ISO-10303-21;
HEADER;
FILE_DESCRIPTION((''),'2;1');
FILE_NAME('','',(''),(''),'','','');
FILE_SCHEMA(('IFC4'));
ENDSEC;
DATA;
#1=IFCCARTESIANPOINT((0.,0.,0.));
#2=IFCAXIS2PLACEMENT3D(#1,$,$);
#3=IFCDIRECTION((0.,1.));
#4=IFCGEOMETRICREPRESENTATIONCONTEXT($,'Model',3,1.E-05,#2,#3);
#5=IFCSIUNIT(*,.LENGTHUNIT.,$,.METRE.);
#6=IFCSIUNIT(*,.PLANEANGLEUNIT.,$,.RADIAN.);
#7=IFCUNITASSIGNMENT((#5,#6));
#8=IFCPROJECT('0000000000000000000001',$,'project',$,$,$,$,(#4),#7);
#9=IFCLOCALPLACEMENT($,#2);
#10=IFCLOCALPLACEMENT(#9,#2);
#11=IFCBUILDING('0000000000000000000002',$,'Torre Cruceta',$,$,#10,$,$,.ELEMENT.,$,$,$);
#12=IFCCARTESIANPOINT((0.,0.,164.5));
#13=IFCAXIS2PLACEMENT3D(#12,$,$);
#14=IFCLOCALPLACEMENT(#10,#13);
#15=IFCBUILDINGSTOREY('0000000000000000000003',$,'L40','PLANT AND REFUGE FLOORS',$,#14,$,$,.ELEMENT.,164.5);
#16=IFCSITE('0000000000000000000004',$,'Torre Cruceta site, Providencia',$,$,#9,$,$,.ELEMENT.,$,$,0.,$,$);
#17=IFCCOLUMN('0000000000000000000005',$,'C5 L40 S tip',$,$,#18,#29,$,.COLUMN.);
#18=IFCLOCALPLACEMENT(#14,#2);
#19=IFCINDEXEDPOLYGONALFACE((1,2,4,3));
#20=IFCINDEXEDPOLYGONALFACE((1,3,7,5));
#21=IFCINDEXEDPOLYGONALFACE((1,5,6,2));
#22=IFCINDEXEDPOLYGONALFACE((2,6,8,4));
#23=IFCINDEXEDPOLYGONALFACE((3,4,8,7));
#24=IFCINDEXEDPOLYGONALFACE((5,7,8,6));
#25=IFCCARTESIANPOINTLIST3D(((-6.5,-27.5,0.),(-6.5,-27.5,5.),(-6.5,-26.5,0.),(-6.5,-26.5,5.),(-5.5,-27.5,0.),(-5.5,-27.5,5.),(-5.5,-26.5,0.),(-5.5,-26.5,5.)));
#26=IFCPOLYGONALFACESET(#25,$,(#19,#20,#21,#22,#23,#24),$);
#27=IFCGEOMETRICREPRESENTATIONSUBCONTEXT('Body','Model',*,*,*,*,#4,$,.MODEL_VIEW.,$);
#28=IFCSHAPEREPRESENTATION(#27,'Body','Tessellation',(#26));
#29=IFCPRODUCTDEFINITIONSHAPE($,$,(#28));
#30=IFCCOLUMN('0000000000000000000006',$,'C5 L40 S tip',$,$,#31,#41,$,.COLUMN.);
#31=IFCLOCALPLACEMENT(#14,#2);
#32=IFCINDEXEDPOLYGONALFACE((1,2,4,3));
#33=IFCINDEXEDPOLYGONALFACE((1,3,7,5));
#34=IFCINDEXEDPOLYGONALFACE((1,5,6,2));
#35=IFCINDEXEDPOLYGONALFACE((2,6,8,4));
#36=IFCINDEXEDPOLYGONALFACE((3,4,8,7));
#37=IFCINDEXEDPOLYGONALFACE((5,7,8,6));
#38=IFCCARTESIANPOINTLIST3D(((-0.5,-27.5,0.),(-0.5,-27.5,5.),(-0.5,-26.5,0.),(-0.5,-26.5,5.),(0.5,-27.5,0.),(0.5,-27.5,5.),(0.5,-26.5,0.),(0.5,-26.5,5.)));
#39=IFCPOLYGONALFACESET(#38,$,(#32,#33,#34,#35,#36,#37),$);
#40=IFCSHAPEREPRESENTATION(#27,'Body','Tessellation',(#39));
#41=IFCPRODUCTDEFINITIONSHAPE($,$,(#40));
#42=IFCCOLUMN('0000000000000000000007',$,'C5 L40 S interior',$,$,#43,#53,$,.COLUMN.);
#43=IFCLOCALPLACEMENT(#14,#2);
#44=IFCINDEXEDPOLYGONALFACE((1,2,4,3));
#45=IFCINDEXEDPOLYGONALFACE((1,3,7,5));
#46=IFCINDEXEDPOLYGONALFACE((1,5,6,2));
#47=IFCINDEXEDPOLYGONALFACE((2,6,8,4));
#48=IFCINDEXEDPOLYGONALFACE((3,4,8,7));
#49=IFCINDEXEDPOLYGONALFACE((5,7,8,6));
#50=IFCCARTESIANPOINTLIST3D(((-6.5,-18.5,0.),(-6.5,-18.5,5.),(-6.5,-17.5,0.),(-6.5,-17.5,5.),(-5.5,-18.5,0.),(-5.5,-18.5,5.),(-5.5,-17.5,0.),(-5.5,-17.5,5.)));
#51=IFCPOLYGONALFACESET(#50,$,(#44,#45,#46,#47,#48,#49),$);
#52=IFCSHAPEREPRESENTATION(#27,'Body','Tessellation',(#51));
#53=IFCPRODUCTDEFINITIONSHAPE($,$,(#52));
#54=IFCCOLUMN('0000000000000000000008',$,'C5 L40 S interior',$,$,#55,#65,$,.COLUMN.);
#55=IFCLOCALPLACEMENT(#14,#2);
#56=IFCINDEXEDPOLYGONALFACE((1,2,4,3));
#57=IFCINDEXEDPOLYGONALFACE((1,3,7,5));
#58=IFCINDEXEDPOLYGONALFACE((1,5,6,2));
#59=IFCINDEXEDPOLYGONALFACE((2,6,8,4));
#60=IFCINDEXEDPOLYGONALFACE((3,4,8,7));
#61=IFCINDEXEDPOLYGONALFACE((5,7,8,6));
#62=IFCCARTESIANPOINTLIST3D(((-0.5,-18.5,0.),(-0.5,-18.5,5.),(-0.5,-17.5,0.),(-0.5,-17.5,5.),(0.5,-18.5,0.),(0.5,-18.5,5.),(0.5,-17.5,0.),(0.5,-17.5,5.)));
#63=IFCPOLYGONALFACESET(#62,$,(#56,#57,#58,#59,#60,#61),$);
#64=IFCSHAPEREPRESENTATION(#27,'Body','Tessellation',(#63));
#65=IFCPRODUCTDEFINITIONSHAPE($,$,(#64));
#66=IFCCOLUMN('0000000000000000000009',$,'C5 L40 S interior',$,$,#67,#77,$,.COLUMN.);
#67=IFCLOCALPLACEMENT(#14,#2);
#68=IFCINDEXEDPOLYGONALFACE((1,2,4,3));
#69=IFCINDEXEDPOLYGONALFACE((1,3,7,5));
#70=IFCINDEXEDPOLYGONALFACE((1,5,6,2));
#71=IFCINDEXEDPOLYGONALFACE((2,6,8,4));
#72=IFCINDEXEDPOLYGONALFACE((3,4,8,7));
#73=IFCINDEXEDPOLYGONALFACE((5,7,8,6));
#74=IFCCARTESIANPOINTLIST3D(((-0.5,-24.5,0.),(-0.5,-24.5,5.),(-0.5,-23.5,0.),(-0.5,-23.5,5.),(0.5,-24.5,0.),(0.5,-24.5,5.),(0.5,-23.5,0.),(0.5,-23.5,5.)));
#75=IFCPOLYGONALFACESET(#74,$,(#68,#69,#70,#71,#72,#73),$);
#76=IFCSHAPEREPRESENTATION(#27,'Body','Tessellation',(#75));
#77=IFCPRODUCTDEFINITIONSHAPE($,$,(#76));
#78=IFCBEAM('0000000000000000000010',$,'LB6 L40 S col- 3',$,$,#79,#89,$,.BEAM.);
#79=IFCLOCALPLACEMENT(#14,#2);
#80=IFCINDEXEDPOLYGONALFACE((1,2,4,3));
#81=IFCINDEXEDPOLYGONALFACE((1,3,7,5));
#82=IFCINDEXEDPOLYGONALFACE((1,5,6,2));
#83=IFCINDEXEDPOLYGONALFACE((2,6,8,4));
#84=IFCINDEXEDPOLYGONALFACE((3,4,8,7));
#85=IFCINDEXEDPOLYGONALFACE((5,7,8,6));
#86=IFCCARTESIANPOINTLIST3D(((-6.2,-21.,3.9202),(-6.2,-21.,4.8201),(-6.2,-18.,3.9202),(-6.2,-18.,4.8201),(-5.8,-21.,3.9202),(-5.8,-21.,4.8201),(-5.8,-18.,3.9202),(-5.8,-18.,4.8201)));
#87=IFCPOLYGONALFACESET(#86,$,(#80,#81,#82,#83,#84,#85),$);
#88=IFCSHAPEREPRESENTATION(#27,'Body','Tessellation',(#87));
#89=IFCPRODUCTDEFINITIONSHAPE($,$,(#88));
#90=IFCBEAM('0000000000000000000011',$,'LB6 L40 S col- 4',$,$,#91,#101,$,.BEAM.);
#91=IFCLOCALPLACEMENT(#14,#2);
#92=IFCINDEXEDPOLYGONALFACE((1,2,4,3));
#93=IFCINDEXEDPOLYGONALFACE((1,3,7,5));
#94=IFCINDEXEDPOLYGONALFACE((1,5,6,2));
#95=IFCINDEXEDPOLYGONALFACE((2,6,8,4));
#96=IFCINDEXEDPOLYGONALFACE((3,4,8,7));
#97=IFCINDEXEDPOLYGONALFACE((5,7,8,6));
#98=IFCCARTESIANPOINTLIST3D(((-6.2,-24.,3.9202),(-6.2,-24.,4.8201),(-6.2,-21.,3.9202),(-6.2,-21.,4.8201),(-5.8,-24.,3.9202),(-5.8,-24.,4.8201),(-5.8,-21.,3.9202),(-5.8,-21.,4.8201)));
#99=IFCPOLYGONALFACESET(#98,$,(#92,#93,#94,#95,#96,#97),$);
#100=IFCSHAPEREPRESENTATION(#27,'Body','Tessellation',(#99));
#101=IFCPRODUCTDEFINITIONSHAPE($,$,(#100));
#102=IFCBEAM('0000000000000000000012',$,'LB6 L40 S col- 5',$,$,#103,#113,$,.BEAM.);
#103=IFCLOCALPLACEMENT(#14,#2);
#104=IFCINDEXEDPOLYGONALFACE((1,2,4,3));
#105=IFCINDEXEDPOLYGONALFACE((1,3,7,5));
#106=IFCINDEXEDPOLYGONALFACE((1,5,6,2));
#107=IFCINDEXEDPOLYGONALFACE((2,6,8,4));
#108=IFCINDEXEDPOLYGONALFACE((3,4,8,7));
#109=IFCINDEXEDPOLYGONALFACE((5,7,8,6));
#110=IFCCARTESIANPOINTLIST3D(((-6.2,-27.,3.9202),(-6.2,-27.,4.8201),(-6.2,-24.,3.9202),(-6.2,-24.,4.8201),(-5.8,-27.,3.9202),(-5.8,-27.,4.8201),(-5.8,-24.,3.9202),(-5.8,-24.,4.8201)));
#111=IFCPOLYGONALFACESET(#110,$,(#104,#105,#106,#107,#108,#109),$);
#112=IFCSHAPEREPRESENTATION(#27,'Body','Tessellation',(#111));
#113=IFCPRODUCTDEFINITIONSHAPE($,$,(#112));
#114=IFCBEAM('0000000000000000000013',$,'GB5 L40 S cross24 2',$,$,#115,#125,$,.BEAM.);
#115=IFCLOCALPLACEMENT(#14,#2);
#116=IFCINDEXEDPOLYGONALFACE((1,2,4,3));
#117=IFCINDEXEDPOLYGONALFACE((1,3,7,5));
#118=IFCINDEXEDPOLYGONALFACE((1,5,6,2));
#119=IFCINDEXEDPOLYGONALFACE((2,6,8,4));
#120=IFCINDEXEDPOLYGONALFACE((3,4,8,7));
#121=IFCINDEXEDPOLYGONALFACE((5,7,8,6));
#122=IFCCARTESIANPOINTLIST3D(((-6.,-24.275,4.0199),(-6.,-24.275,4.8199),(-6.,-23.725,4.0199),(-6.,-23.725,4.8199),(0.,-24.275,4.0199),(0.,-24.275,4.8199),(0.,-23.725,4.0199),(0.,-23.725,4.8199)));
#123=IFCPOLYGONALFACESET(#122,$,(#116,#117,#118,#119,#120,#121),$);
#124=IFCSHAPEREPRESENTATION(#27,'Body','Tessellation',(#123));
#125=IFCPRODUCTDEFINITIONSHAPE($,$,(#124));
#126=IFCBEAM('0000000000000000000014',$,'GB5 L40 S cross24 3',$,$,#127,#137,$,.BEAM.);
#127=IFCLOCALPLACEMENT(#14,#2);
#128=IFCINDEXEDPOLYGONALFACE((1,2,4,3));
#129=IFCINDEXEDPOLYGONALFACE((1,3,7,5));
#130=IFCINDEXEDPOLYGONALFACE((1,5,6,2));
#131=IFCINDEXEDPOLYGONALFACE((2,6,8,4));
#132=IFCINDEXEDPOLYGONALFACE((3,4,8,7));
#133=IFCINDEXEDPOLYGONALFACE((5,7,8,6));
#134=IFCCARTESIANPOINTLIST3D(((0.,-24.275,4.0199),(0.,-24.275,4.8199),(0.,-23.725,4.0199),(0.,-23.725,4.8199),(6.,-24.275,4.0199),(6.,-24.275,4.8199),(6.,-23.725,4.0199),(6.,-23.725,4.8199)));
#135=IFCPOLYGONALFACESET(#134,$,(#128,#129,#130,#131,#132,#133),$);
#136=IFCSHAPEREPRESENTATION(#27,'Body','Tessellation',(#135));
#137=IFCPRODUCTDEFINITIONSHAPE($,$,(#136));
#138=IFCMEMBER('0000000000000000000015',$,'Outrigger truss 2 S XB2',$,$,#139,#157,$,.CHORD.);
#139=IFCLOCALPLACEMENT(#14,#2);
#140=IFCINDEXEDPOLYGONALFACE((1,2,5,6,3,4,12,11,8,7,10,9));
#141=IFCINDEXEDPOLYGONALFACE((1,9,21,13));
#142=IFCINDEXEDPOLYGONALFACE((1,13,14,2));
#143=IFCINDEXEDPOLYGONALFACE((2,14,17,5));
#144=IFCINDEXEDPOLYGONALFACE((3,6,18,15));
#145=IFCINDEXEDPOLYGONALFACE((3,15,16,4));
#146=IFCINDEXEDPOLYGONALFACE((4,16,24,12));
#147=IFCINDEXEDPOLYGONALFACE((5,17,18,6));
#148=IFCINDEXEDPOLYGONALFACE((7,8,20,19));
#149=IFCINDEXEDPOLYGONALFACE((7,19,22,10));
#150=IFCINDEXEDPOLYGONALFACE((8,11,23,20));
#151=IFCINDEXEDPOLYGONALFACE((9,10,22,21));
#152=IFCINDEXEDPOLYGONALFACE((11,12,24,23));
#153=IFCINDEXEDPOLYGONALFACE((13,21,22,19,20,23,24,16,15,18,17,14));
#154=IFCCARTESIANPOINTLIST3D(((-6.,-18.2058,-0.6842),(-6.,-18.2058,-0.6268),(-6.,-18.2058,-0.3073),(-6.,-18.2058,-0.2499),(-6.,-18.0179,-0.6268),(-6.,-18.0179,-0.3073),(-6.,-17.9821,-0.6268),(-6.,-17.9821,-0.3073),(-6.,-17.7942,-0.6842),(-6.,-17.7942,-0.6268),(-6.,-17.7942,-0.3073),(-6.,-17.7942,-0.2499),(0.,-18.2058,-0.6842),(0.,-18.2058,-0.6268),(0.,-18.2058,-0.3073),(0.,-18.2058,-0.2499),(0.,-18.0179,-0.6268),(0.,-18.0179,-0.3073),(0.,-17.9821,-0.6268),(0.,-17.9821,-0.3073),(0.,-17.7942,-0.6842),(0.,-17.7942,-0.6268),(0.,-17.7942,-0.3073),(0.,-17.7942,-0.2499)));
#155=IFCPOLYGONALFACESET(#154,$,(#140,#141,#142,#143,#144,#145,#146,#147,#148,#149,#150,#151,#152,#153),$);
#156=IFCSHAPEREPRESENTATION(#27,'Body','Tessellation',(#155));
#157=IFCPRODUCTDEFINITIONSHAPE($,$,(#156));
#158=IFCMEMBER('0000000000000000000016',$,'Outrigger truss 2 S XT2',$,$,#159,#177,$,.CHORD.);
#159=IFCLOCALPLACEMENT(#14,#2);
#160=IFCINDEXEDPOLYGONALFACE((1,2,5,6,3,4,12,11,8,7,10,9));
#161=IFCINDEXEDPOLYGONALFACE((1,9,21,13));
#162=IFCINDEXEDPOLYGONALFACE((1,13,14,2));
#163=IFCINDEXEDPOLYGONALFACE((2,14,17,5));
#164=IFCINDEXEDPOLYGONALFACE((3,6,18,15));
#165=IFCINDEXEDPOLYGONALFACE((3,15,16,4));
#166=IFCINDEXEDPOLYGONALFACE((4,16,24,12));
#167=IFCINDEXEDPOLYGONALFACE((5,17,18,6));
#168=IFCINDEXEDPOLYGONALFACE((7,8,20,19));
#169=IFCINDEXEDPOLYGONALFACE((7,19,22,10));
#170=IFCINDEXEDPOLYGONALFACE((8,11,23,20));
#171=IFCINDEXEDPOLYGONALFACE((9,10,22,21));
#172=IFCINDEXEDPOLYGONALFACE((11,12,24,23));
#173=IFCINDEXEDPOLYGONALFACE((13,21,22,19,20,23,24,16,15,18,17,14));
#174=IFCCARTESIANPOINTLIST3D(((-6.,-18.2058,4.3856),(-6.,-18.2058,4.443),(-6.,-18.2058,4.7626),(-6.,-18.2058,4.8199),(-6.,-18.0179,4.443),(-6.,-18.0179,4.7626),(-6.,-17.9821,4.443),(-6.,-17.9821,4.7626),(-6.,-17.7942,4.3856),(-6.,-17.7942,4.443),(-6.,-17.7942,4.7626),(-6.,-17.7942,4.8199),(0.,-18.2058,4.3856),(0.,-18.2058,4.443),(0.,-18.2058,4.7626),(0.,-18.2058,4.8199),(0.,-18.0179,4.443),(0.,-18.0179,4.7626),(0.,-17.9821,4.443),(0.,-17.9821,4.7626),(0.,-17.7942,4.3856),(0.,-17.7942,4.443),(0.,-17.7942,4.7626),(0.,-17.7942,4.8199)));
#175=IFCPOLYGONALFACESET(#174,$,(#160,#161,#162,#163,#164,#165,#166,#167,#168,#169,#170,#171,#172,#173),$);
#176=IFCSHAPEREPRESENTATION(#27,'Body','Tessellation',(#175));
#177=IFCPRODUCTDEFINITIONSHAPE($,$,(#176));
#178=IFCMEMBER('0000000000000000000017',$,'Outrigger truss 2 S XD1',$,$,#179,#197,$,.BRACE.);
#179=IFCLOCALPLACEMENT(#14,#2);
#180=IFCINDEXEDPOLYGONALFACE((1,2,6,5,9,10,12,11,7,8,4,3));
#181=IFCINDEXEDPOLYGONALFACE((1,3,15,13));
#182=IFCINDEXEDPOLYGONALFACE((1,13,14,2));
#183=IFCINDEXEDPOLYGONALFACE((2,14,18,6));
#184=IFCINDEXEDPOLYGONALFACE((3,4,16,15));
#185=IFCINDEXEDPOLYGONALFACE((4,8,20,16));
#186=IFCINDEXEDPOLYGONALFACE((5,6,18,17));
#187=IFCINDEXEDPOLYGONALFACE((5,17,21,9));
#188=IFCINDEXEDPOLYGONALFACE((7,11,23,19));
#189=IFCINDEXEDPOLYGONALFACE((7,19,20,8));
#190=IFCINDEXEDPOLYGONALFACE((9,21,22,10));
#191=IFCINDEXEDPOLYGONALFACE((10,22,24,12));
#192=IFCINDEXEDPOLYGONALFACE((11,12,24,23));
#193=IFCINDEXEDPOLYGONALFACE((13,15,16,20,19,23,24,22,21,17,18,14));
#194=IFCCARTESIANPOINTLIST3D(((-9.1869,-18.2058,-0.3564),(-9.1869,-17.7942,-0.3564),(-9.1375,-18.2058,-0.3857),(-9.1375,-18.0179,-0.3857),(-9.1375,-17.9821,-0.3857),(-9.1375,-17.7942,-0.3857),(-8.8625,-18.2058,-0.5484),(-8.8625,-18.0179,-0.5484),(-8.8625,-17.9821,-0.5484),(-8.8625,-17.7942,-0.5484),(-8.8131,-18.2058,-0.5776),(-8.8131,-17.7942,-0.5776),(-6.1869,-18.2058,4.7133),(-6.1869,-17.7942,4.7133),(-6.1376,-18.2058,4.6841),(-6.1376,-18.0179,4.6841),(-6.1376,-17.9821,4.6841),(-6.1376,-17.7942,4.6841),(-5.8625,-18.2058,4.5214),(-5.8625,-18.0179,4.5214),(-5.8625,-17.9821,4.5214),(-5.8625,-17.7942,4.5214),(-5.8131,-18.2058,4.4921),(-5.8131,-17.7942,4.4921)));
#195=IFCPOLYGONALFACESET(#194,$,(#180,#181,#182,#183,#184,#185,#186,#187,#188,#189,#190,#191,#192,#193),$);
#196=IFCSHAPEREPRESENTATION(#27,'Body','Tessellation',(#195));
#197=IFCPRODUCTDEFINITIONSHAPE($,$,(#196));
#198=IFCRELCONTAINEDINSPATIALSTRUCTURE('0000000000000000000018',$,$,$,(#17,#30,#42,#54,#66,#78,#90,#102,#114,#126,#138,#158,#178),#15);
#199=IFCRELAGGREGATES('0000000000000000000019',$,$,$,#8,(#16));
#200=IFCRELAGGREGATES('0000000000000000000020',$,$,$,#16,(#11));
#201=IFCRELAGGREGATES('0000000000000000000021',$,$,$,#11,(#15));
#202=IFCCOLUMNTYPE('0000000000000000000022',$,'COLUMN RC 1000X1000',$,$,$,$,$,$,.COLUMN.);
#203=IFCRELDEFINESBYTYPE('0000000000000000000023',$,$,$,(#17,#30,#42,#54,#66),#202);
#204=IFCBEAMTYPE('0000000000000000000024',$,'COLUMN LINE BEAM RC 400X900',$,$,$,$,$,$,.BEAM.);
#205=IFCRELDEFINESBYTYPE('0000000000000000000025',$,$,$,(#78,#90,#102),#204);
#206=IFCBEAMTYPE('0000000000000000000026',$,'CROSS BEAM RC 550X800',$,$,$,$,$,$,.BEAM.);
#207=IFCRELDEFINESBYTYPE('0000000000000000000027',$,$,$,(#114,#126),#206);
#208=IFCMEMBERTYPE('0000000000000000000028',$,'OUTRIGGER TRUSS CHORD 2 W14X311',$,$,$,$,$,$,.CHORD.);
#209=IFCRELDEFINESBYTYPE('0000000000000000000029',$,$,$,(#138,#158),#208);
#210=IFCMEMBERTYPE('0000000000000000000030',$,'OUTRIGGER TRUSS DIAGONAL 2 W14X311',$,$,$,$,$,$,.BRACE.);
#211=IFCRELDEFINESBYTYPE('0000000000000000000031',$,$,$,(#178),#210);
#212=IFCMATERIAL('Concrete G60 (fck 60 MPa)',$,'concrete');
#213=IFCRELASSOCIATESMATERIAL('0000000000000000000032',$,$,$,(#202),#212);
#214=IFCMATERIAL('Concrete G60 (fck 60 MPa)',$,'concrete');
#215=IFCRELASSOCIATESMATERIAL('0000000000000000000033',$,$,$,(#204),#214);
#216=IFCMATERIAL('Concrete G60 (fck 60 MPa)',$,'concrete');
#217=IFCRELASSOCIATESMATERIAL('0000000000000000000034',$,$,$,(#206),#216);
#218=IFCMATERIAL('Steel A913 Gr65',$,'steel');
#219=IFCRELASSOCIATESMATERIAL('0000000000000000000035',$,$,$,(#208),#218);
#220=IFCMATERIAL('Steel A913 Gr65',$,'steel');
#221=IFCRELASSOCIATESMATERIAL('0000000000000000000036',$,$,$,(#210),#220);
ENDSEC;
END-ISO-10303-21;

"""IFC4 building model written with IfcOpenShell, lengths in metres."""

from ifc_helpers import new_model, si_unit, direction, frame, origin, origin_2d, place, context, subcontext, project, spatial, rectangle, i_section, extrude, material, material_profile, profile_set, type_object, element, save


model = new_model("IFC4")

# Units and contexts
model_context = context("Model", 3, precision=1e-05, world=origin(), true_north=direction((0.0, 1.0)))
body_context = subcontext(model_context, "Body", "Model", "MODEL_VIEW")
ifc_project = project(units=[si_unit("LENGTHUNIT", "METRE"), si_unit("PLANEANGLEUNIT", "RADIAN")], contexts=[model_context])

# Site, building, storey
site_placement = place(None, origin())
site = spatial("IfcSite", under=ifc_project, at=site_placement, Name="Torre Cruceta site, Providencia", CompositionType="ELEMENT", RefElevation=0.0)
building_placement = place(site_placement, origin())
building = spatial("IfcBuilding", under=site, at=building_placement, Name="Torre Cruceta", CompositionType="ELEMENT")
storey_placement = place(building_placement, frame((0.0, 0.0, 164.5)))
storey = spatial("IfcBuildingStorey", under=building, at=storey_placement, Name="L40", Description="PLANT AND REFUGE FLOORS", CompositionType="ELEMENT", Elevation=164.5)

# Columns
ifc_material_1 = material(Name="Concrete G60 (fck 60 MPa)", Category="concrete")
ifc_material_profile_1 = material_profile(ifc_material_1, rectangle(XDim=1.0, YDim=1.0, at=origin_2d()), Name="RC 1000X1000")
ifc_profile_set_1 = profile_set([ifc_material_profile_1], Name="Concrete G60 (fck 60 MPa)")
column_type = type_object("IfcColumnType", Name="COLUMN RC 1000X1000", PredefinedType="COLUMN", material=ifc_profile_set_1)
for number, where, z_axis, x_axis, name in (
    (1, (-6.0, -27.0, 0.0), (0.0, 0.0, 1.0), (1.0, 0.0, 0.0), "C5 L40 S tip"),
    (2, (0.0, -27.0, 0.0), (0.0, 0.0, 1.0), (1.0, 0.0, 0.0), "C5 L40 S tip"),
    (3, (-6.0, -18.0, 0.0), (0.0, 0.0, 1.0), (1.0, 0.0, 0.0), "C5 L40 S interior"),
    (4, (0.0, -18.0, 0.0), (0.0, 0.0, 1.0), (1.0, 0.0, 0.0), "C5 L40 S interior"),
    (5, (0.0, -24.0, 0.0), (0.0, 0.0, 1.0), (1.0, 0.0, 0.0), "C5 L40 S interior"),
):
    element("IfcColumn", number, at=place(storey_placement, frame(where, z_axis=z_axis, x_axis=x_axis)), inside=storey, type_object=column_type, Name=name, PredefinedType="COLUMN", context=body_context, shape_type="SweptSolid", body=[
        extrude(rectangle(XDim=1.0, YDim=1.0, at=origin_2d()), origin(), (0.0, 0.0, 1.0), 5.0),
    ])

# Beams
ifc_material_2 = material(Name="Concrete G60 (fck 60 MPa)", Category="concrete")
ifc_material_profile_2 = material_profile(ifc_material_2, rectangle(XDim=0.3999, YDim=0.8999, at=origin_2d()), Name="RC 400X900")
ifc_profile_set_2 = profile_set([ifc_material_profile_2], Name="Concrete G60 (fck 60 MPa)")
beam_type_1 = type_object("IfcBeamType", Name="COLUMN LINE BEAM RC 400X900", PredefinedType="BEAM", material=ifc_profile_set_2)
for number, where, z_axis, x_axis, name in (
    (6, (-6.0, -18.0, 4.3701), (0.0, -1.0, 0.0), (1.0, 0.0, 0.0), "LB6 L40 S col- 3"),
    (7, (-6.0, -21.0, 4.3701), (0.0, -1.0, 0.0), (1.0, 0.0, 0.0), "LB6 L40 S col- 4"),
    (8, (-6.0, -24.0, 4.3701), (0.0, -1.0, 0.0), (1.0, 0.0, 0.0), "LB6 L40 S col- 5"),
):
    element("IfcBeam", number, at=place(storey_placement, frame(where, z_axis=z_axis, x_axis=x_axis)), inside=storey, type_object=beam_type_1, Name=name, PredefinedType="BEAM", context=body_context, shape_type="SweptSolid", body=[
        extrude(rectangle(XDim=0.3999, YDim=0.8999, at=origin_2d()), origin(), (0.0, 0.0, 1.0), 3.0),
    ])
ifc_material_3 = material(Name="Concrete G60 (fck 60 MPa)", Category="concrete")
ifc_material_profile_3 = material_profile(ifc_material_3, rectangle(XDim=0.55, YDim=0.8, at=origin_2d()), Name="RC 550X800")
ifc_profile_set_3 = profile_set([ifc_material_profile_3], Name="Concrete G60 (fck 60 MPa)")
beam_type_2 = type_object("IfcBeamType", Name="CROSS BEAM RC 550X800", PredefinedType="BEAM", material=ifc_profile_set_3)
for number, where, z_axis, x_axis, name in (
    (9, (-6.0, -24.0, 4.4199), (1.0, 0.0, 0.0), (0.0, 1.0, 0.0), "GB5 L40 S cross24 2"),
    (10, (0.0, -24.0, 4.4199), (1.0, 0.0, 0.0), (0.0, 1.0, 0.0), "GB5 L40 S cross24 3"),
):
    element("IfcBeam", number, at=place(storey_placement, frame(where, z_axis=z_axis, x_axis=x_axis)), inside=storey, type_object=beam_type_2, Name=name, PredefinedType="BEAM", context=body_context, shape_type="SweptSolid", body=[
        extrude(rectangle(XDim=0.55, YDim=0.8, at=origin_2d()), origin(), (0.0, 0.0, 1.0), 6.0),
    ])

# Members
ifc_material_4 = material(Name="Steel A913 Gr65", Category="steel")
ifc_material_profile_4 = material_profile(ifc_material_4, i_section(OverallWidth=0.4116, OverallDepth=0.4343, WebThickness=0.0359, FlangeThickness=0.0574, at=origin_2d()), Name="W14X311")
ifc_profile_set_4 = profile_set([ifc_material_profile_4], Name="Steel A913 Gr65")
member_type_1 = type_object("IfcMemberType", Name="OUTRIGGER TRUSS CHORD 2 W14X311", PredefinedType="CHORD", material=ifc_profile_set_4)
for number, where, z_axis, x_axis, name in (
    (11, (-6.0, -18.0, -0.467), (1.0, 0.0, 0.0), (0.0, 1.0, 0.0), "Outrigger truss 2 S XB2"),
    (12, (-6.0, -18.0, 4.6028), (1.0, 0.0, 0.0), (0.0, 1.0, 0.0), "Outrigger truss 2 S XT2"),
):
    element("IfcMember", number, at=place(storey_placement, frame(where, z_axis=z_axis, x_axis=x_axis)), inside=storey, type_object=member_type_1, Name=name, PredefinedType="CHORD", context=body_context, shape_type="SweptSolid", body=[
        extrude(i_section(OverallWidth=0.4116, OverallDepth=0.4343, WebThickness=0.0359, FlangeThickness=0.0574, at=origin_2d()), origin(), (0.0, 0.0, 1.0), 6.0),
    ])
ifc_material_5 = material(Name="Steel A913 Gr65", Category="steel")
ifc_material_profile_5 = material_profile(ifc_material_5, i_section(OverallWidth=0.4116, OverallDepth=0.4343, WebThickness=0.0359, FlangeThickness=0.0574, at=origin_2d()), Name="W14X311")
ifc_profile_set_5 = profile_set([ifc_material_profile_5], Name="Steel A913 Gr65")
member_type_2 = type_object("IfcMemberType", Name="OUTRIGGER TRUSS DIAGONAL 2 W14X311", PredefinedType="BRACE", material=ifc_profile_set_5)
member_1_placement = place(storey_placement, frame((-9.0, -18.0, -0.467), z_axis=(0.509257, 0.0, 0.860614), x_axis=(0.0, 1.0, 0.0)))
element("IfcMember", 13, at=member_1_placement, inside=storey, type_object=member_type_2, Name="Outrigger truss 2 S XD1", PredefinedType="BRACE", context=body_context, shape_type="SweptSolid", body=[
    extrude(i_section(OverallWidth=0.4116, OverallDepth=0.4343, WebThickness=0.0359, FlangeThickness=0.0574, at=origin_2d()), origin(), (0.0, 0.0, 1.0), 5.8909),
])

save(model, "model.ifc")
